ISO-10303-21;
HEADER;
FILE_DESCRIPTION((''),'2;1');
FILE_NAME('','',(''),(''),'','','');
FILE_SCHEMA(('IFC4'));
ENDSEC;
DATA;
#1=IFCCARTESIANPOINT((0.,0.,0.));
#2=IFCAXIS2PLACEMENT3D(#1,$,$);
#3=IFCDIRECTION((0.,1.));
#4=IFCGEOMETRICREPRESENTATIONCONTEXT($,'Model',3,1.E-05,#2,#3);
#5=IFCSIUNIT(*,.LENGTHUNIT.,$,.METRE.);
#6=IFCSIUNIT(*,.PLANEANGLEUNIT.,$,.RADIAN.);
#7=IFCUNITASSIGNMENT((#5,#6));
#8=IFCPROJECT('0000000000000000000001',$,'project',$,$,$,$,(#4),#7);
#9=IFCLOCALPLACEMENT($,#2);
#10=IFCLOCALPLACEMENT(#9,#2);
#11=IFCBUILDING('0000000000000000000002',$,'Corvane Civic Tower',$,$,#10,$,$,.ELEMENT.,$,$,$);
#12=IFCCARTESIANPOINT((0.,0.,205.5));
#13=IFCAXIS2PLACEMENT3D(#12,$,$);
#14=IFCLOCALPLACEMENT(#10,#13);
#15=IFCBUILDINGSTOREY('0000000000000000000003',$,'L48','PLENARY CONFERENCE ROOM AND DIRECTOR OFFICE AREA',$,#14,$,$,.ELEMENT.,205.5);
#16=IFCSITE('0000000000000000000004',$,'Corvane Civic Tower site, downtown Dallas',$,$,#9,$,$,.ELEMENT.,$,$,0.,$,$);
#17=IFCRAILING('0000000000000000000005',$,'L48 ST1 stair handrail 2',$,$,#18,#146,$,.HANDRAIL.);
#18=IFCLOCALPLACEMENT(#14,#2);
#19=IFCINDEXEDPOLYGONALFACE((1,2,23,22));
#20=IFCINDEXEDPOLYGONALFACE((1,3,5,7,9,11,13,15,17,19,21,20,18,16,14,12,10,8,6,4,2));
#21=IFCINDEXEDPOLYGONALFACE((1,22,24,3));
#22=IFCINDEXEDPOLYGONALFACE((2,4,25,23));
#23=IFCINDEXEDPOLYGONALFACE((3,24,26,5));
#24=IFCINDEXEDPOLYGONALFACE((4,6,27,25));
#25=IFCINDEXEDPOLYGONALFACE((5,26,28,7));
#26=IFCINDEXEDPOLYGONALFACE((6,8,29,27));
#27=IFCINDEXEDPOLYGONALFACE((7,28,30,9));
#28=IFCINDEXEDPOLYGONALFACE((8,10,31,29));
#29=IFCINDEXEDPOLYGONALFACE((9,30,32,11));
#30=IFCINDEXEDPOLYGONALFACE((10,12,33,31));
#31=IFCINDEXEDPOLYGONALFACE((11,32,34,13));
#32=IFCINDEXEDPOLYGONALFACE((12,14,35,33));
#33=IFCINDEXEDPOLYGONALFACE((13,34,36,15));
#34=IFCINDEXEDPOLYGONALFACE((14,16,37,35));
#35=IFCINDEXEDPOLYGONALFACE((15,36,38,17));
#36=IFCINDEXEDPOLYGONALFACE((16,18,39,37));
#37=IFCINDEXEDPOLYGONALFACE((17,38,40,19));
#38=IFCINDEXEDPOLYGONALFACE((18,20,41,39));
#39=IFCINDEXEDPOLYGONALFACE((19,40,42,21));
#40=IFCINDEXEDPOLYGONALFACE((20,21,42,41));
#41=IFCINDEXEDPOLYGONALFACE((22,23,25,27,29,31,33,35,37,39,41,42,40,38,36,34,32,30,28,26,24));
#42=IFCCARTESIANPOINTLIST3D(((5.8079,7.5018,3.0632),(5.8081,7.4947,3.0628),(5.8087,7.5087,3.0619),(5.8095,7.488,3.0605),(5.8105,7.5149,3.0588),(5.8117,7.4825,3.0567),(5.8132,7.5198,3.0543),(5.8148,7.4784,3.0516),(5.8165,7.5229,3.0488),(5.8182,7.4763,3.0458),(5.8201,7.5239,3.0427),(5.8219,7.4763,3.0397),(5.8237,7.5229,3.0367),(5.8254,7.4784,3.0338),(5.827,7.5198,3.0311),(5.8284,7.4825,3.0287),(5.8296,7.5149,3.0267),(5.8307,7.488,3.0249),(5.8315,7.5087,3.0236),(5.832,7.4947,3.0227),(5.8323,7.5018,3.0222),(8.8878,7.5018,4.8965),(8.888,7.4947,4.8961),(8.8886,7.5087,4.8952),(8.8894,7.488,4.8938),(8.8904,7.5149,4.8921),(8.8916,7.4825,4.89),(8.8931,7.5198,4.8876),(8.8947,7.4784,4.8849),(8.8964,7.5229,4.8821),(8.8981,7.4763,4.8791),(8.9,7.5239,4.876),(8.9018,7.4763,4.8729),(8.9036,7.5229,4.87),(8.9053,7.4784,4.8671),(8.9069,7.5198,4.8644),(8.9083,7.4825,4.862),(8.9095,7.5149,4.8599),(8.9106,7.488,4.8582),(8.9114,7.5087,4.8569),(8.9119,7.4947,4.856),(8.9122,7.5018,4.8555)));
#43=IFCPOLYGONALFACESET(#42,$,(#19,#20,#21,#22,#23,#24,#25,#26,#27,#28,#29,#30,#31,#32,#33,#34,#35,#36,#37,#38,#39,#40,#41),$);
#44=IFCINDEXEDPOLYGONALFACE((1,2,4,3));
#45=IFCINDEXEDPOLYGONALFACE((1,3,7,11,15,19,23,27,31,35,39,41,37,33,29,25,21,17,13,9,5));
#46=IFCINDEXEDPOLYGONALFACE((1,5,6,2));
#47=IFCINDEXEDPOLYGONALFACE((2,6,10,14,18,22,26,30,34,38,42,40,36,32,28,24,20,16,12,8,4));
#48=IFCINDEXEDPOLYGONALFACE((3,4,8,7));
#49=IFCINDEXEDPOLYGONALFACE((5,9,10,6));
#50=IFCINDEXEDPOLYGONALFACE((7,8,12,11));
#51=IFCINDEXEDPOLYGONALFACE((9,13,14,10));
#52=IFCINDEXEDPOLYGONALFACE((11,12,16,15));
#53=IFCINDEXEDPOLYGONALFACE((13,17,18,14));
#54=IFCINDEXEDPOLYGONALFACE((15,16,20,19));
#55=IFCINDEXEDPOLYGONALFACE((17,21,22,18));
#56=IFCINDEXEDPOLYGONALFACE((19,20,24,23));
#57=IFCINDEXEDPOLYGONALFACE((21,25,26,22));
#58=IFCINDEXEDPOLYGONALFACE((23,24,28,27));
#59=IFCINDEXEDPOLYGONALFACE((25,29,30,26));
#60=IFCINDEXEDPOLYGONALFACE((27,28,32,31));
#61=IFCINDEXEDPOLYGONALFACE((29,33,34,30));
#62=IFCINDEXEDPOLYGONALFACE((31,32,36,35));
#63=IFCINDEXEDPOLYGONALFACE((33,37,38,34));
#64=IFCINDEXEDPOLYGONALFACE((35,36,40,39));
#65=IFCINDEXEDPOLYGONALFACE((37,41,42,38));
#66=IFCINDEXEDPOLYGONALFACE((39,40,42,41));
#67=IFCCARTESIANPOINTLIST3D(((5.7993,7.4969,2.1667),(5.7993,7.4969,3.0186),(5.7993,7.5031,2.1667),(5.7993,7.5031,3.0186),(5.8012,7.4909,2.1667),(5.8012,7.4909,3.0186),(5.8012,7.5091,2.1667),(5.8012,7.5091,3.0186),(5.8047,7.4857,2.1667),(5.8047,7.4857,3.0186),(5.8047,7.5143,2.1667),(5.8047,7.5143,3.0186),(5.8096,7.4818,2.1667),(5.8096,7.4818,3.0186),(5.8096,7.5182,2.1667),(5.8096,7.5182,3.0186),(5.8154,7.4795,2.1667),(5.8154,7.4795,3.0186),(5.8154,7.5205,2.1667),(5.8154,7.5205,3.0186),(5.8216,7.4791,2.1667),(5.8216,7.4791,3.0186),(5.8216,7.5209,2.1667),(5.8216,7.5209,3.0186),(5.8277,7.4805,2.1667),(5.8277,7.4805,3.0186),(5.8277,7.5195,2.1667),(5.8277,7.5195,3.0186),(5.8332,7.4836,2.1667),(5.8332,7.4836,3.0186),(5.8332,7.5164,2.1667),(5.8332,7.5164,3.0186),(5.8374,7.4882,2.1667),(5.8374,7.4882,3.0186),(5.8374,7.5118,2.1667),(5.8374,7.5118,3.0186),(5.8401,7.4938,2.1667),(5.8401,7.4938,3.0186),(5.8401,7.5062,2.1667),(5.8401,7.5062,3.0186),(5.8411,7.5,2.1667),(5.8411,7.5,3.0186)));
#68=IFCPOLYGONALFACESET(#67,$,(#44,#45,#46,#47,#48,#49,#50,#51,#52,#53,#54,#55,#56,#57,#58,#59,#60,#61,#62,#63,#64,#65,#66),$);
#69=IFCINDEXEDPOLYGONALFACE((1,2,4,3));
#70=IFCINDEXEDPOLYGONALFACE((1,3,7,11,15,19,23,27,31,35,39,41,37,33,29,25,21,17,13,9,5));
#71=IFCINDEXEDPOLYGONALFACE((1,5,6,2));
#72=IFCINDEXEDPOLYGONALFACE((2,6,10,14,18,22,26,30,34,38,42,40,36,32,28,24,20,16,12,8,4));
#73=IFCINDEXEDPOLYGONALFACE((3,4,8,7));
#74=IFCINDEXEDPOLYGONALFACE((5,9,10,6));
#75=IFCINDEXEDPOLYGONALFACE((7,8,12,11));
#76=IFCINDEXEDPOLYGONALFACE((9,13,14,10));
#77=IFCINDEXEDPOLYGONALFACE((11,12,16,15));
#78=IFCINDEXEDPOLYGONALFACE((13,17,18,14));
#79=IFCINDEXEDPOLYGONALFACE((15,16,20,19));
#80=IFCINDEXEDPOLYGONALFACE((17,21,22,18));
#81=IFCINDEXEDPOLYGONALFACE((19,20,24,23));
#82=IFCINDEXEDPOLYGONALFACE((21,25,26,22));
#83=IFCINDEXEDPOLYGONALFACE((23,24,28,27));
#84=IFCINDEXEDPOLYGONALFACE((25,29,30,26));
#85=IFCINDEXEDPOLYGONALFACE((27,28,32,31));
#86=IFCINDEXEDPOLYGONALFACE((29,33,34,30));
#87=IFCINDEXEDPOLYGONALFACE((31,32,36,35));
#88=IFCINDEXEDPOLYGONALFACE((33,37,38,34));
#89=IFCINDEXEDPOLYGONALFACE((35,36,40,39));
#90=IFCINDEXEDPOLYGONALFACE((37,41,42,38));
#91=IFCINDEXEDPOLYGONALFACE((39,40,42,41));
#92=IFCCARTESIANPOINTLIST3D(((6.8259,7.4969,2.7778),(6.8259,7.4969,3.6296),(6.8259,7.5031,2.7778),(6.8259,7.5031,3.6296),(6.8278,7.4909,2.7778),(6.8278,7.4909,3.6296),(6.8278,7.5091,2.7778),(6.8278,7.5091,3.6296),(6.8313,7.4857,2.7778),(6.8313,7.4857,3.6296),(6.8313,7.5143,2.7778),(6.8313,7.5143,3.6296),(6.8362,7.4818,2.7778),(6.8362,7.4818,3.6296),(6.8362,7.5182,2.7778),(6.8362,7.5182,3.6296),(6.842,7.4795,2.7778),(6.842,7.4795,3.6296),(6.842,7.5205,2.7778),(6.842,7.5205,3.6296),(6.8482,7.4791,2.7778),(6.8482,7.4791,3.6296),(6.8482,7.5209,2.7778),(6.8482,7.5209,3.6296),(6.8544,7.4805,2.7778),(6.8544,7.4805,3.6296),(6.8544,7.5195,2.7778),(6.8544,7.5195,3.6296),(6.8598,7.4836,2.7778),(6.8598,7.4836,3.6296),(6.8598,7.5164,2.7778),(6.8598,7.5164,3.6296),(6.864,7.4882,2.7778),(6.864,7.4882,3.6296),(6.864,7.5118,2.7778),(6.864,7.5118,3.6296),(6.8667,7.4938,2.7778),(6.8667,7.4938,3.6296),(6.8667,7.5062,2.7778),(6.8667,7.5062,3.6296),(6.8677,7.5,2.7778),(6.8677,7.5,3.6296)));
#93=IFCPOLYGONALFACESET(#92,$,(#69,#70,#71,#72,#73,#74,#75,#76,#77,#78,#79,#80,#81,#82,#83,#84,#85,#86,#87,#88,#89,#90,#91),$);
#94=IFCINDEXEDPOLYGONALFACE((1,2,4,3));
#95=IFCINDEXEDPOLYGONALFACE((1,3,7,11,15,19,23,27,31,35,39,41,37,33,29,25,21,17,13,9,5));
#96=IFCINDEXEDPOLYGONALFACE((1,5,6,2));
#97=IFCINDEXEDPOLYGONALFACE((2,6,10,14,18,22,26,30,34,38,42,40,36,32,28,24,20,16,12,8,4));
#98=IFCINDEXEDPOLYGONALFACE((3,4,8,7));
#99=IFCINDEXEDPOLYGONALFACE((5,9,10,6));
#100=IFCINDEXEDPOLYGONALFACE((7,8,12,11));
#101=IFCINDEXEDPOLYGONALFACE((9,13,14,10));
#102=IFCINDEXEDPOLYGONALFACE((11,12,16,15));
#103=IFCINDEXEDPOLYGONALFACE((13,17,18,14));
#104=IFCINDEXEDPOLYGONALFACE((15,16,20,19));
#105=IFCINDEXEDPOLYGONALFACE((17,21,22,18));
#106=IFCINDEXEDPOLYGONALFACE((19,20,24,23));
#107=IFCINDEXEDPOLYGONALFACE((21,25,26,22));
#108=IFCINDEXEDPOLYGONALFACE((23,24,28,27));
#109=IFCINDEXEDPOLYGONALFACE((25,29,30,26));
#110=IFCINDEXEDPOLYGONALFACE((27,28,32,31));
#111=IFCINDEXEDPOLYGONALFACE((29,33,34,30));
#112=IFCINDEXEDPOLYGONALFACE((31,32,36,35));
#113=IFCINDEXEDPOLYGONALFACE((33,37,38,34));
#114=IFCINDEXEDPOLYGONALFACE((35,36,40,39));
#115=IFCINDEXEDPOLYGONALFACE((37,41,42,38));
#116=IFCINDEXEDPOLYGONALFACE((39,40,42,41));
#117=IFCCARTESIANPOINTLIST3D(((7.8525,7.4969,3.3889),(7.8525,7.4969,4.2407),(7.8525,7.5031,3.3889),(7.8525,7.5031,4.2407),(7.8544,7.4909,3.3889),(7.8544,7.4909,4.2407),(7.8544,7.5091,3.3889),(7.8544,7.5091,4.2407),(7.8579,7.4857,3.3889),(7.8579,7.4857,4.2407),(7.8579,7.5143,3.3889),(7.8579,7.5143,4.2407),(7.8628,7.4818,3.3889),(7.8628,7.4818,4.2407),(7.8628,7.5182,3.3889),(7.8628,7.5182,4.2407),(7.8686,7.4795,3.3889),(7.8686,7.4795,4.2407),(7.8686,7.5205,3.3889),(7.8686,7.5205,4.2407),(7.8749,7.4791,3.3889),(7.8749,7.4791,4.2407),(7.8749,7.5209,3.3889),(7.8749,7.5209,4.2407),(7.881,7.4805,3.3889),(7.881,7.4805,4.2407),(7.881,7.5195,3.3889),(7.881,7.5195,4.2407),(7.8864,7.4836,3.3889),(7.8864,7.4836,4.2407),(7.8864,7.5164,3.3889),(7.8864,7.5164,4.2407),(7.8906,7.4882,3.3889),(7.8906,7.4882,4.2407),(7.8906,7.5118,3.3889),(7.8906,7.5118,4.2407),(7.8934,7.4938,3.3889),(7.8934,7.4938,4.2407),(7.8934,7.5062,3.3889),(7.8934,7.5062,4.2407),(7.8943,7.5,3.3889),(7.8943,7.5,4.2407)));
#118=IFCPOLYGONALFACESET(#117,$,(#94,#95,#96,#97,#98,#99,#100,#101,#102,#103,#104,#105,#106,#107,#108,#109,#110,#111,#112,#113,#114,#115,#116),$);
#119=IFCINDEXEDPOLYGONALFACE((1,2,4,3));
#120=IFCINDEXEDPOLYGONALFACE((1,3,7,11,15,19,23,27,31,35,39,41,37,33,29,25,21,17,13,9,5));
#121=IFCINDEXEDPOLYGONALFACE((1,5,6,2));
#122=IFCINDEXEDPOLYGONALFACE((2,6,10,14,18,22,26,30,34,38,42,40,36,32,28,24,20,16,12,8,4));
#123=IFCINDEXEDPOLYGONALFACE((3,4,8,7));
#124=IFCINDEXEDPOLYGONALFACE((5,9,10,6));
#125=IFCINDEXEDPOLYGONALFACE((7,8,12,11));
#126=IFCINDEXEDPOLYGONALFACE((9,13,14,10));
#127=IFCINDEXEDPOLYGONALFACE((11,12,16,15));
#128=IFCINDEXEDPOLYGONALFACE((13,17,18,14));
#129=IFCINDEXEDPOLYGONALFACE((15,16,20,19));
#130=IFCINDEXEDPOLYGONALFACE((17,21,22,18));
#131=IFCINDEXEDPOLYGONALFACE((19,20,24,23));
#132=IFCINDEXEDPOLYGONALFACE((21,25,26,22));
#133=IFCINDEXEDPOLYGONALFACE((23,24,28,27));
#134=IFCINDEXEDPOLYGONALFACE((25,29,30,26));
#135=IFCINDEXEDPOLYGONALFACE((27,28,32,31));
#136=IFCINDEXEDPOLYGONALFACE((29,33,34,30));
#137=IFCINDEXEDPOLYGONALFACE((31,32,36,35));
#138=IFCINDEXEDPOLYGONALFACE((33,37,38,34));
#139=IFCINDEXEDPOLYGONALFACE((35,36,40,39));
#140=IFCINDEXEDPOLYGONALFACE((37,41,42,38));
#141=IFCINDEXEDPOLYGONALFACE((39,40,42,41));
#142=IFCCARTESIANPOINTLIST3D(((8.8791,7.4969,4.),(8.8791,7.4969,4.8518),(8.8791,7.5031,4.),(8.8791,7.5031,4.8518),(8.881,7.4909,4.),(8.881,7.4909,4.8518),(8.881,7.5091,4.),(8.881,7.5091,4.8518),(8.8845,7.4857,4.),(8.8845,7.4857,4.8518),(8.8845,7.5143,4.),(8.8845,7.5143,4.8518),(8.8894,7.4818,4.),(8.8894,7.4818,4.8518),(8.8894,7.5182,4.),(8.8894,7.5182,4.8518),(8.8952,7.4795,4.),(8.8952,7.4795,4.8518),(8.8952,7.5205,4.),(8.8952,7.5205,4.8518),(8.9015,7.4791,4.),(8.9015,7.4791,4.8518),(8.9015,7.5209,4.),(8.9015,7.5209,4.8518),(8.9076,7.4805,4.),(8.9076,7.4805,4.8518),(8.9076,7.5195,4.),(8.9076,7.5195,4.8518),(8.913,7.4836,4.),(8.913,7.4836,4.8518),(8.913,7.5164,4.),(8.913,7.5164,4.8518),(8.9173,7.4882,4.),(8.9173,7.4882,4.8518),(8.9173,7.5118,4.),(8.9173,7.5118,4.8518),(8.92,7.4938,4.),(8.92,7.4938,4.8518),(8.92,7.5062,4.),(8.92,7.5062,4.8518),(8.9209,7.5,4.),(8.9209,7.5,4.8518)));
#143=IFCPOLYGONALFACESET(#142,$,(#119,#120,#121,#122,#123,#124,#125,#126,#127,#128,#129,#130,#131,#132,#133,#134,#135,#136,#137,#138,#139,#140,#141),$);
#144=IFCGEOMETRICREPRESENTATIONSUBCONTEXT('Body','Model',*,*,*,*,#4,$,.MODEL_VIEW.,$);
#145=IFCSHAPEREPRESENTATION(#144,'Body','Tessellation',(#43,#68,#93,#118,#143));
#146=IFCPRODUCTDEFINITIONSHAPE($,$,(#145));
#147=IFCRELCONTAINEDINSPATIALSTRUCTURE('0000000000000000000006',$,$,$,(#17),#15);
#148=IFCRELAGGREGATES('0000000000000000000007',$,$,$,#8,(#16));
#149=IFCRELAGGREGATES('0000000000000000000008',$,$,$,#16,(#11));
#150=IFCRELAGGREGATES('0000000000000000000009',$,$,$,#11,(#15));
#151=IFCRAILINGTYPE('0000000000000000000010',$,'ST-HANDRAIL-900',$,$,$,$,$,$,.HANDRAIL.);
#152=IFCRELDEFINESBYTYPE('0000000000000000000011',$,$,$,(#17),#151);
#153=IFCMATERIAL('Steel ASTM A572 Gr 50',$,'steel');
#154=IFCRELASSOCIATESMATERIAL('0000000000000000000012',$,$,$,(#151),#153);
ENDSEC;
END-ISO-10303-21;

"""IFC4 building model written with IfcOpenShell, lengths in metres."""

from ifc_helpers import new_model, si_unit, direction, frame, origin, origin_2d, place, context, subcontext, project, spatial, circle, extrude, material, type_object, element, save


model = new_model("IFC4")

# Units and contexts
model_context = context("Model", 3, precision=1e-05, world=origin(), true_north=direction((0.0, 1.0)))
body_context = subcontext(model_context, "Body", "Model", "MODEL_VIEW")
ifc_project = project(units=[si_unit("LENGTHUNIT", "METRE"), si_unit("PLANEANGLEUNIT", "RADIAN")], contexts=[model_context])

# Site, building, storey
site_placement = place(None, origin())
site = spatial("IfcSite", under=ifc_project, at=site_placement, Name="Corvane Civic Tower site, downtown Dallas", CompositionType="ELEMENT", RefElevation=0.0)
building_placement = place(site_placement, origin())
building = spatial("IfcBuilding", under=site, at=building_placement, Name="Corvane Civic Tower", CompositionType="ELEMENT")
storey_placement = place(building_placement, frame((0.0, 0.0, 205.5)))
storey = spatial("IfcBuildingStorey", under=building, at=storey_placement, Name="L48", Description="PLENARY CONFERENCE ROOM AND DIRECTOR OFFICE AREA", CompositionType="ELEMENT", Elevation=205.5)

# Railing
ifc_material_1 = material(Name="Steel ASTM A572 Gr 50", Category="steel")
railing_type_1 = type_object("IfcRailingType", Name="ST-HANDRAIL-900", PredefinedType="HANDRAIL", material=ifc_material_1)
railing_1_placement = place(storey_placement, frame((5.8201, 7.5, 2.1667)))
element("IfcRailing", 1, at=railing_1_placement, inside=storey, type_object=railing_type_1, Name="L48 ST1 stair handrail 2", PredefinedType="HANDRAIL", context=body_context, shape_type="SweptSolid", body=[
    extrude(circle(Radius=0.0239, at=origin_2d()), frame((0.0, 0.0, 0.876), z_axis=(0.859291, 0.0, 0.511487), x_axis=(0.0, 1.0, 0.0)), (0.0, 0.0, 1.0), 3.5842),
    extrude(circle(Radius=0.021, at=origin_2d()), origin(), (0.0, 0.0, 1.0), 0.8518),
    extrude(circle(Radius=0.021, at=origin_2d()), frame((1.0266, 0.0, 0.6111)), (0.0, 0.0, 1.0), 0.8518),
    extrude(circle(Radius=0.021, at=origin_2d()), frame((2.0532, 0.0, 1.2222)), (0.0, 0.0, 1.0), 0.8518),
    extrude(circle(Radius=0.021, at=origin_2d()), frame((3.0798, 0.0, 1.8333)), (0.0, 0.0, 1.0), 0.8518),
])

save(model, "model.ifc")
